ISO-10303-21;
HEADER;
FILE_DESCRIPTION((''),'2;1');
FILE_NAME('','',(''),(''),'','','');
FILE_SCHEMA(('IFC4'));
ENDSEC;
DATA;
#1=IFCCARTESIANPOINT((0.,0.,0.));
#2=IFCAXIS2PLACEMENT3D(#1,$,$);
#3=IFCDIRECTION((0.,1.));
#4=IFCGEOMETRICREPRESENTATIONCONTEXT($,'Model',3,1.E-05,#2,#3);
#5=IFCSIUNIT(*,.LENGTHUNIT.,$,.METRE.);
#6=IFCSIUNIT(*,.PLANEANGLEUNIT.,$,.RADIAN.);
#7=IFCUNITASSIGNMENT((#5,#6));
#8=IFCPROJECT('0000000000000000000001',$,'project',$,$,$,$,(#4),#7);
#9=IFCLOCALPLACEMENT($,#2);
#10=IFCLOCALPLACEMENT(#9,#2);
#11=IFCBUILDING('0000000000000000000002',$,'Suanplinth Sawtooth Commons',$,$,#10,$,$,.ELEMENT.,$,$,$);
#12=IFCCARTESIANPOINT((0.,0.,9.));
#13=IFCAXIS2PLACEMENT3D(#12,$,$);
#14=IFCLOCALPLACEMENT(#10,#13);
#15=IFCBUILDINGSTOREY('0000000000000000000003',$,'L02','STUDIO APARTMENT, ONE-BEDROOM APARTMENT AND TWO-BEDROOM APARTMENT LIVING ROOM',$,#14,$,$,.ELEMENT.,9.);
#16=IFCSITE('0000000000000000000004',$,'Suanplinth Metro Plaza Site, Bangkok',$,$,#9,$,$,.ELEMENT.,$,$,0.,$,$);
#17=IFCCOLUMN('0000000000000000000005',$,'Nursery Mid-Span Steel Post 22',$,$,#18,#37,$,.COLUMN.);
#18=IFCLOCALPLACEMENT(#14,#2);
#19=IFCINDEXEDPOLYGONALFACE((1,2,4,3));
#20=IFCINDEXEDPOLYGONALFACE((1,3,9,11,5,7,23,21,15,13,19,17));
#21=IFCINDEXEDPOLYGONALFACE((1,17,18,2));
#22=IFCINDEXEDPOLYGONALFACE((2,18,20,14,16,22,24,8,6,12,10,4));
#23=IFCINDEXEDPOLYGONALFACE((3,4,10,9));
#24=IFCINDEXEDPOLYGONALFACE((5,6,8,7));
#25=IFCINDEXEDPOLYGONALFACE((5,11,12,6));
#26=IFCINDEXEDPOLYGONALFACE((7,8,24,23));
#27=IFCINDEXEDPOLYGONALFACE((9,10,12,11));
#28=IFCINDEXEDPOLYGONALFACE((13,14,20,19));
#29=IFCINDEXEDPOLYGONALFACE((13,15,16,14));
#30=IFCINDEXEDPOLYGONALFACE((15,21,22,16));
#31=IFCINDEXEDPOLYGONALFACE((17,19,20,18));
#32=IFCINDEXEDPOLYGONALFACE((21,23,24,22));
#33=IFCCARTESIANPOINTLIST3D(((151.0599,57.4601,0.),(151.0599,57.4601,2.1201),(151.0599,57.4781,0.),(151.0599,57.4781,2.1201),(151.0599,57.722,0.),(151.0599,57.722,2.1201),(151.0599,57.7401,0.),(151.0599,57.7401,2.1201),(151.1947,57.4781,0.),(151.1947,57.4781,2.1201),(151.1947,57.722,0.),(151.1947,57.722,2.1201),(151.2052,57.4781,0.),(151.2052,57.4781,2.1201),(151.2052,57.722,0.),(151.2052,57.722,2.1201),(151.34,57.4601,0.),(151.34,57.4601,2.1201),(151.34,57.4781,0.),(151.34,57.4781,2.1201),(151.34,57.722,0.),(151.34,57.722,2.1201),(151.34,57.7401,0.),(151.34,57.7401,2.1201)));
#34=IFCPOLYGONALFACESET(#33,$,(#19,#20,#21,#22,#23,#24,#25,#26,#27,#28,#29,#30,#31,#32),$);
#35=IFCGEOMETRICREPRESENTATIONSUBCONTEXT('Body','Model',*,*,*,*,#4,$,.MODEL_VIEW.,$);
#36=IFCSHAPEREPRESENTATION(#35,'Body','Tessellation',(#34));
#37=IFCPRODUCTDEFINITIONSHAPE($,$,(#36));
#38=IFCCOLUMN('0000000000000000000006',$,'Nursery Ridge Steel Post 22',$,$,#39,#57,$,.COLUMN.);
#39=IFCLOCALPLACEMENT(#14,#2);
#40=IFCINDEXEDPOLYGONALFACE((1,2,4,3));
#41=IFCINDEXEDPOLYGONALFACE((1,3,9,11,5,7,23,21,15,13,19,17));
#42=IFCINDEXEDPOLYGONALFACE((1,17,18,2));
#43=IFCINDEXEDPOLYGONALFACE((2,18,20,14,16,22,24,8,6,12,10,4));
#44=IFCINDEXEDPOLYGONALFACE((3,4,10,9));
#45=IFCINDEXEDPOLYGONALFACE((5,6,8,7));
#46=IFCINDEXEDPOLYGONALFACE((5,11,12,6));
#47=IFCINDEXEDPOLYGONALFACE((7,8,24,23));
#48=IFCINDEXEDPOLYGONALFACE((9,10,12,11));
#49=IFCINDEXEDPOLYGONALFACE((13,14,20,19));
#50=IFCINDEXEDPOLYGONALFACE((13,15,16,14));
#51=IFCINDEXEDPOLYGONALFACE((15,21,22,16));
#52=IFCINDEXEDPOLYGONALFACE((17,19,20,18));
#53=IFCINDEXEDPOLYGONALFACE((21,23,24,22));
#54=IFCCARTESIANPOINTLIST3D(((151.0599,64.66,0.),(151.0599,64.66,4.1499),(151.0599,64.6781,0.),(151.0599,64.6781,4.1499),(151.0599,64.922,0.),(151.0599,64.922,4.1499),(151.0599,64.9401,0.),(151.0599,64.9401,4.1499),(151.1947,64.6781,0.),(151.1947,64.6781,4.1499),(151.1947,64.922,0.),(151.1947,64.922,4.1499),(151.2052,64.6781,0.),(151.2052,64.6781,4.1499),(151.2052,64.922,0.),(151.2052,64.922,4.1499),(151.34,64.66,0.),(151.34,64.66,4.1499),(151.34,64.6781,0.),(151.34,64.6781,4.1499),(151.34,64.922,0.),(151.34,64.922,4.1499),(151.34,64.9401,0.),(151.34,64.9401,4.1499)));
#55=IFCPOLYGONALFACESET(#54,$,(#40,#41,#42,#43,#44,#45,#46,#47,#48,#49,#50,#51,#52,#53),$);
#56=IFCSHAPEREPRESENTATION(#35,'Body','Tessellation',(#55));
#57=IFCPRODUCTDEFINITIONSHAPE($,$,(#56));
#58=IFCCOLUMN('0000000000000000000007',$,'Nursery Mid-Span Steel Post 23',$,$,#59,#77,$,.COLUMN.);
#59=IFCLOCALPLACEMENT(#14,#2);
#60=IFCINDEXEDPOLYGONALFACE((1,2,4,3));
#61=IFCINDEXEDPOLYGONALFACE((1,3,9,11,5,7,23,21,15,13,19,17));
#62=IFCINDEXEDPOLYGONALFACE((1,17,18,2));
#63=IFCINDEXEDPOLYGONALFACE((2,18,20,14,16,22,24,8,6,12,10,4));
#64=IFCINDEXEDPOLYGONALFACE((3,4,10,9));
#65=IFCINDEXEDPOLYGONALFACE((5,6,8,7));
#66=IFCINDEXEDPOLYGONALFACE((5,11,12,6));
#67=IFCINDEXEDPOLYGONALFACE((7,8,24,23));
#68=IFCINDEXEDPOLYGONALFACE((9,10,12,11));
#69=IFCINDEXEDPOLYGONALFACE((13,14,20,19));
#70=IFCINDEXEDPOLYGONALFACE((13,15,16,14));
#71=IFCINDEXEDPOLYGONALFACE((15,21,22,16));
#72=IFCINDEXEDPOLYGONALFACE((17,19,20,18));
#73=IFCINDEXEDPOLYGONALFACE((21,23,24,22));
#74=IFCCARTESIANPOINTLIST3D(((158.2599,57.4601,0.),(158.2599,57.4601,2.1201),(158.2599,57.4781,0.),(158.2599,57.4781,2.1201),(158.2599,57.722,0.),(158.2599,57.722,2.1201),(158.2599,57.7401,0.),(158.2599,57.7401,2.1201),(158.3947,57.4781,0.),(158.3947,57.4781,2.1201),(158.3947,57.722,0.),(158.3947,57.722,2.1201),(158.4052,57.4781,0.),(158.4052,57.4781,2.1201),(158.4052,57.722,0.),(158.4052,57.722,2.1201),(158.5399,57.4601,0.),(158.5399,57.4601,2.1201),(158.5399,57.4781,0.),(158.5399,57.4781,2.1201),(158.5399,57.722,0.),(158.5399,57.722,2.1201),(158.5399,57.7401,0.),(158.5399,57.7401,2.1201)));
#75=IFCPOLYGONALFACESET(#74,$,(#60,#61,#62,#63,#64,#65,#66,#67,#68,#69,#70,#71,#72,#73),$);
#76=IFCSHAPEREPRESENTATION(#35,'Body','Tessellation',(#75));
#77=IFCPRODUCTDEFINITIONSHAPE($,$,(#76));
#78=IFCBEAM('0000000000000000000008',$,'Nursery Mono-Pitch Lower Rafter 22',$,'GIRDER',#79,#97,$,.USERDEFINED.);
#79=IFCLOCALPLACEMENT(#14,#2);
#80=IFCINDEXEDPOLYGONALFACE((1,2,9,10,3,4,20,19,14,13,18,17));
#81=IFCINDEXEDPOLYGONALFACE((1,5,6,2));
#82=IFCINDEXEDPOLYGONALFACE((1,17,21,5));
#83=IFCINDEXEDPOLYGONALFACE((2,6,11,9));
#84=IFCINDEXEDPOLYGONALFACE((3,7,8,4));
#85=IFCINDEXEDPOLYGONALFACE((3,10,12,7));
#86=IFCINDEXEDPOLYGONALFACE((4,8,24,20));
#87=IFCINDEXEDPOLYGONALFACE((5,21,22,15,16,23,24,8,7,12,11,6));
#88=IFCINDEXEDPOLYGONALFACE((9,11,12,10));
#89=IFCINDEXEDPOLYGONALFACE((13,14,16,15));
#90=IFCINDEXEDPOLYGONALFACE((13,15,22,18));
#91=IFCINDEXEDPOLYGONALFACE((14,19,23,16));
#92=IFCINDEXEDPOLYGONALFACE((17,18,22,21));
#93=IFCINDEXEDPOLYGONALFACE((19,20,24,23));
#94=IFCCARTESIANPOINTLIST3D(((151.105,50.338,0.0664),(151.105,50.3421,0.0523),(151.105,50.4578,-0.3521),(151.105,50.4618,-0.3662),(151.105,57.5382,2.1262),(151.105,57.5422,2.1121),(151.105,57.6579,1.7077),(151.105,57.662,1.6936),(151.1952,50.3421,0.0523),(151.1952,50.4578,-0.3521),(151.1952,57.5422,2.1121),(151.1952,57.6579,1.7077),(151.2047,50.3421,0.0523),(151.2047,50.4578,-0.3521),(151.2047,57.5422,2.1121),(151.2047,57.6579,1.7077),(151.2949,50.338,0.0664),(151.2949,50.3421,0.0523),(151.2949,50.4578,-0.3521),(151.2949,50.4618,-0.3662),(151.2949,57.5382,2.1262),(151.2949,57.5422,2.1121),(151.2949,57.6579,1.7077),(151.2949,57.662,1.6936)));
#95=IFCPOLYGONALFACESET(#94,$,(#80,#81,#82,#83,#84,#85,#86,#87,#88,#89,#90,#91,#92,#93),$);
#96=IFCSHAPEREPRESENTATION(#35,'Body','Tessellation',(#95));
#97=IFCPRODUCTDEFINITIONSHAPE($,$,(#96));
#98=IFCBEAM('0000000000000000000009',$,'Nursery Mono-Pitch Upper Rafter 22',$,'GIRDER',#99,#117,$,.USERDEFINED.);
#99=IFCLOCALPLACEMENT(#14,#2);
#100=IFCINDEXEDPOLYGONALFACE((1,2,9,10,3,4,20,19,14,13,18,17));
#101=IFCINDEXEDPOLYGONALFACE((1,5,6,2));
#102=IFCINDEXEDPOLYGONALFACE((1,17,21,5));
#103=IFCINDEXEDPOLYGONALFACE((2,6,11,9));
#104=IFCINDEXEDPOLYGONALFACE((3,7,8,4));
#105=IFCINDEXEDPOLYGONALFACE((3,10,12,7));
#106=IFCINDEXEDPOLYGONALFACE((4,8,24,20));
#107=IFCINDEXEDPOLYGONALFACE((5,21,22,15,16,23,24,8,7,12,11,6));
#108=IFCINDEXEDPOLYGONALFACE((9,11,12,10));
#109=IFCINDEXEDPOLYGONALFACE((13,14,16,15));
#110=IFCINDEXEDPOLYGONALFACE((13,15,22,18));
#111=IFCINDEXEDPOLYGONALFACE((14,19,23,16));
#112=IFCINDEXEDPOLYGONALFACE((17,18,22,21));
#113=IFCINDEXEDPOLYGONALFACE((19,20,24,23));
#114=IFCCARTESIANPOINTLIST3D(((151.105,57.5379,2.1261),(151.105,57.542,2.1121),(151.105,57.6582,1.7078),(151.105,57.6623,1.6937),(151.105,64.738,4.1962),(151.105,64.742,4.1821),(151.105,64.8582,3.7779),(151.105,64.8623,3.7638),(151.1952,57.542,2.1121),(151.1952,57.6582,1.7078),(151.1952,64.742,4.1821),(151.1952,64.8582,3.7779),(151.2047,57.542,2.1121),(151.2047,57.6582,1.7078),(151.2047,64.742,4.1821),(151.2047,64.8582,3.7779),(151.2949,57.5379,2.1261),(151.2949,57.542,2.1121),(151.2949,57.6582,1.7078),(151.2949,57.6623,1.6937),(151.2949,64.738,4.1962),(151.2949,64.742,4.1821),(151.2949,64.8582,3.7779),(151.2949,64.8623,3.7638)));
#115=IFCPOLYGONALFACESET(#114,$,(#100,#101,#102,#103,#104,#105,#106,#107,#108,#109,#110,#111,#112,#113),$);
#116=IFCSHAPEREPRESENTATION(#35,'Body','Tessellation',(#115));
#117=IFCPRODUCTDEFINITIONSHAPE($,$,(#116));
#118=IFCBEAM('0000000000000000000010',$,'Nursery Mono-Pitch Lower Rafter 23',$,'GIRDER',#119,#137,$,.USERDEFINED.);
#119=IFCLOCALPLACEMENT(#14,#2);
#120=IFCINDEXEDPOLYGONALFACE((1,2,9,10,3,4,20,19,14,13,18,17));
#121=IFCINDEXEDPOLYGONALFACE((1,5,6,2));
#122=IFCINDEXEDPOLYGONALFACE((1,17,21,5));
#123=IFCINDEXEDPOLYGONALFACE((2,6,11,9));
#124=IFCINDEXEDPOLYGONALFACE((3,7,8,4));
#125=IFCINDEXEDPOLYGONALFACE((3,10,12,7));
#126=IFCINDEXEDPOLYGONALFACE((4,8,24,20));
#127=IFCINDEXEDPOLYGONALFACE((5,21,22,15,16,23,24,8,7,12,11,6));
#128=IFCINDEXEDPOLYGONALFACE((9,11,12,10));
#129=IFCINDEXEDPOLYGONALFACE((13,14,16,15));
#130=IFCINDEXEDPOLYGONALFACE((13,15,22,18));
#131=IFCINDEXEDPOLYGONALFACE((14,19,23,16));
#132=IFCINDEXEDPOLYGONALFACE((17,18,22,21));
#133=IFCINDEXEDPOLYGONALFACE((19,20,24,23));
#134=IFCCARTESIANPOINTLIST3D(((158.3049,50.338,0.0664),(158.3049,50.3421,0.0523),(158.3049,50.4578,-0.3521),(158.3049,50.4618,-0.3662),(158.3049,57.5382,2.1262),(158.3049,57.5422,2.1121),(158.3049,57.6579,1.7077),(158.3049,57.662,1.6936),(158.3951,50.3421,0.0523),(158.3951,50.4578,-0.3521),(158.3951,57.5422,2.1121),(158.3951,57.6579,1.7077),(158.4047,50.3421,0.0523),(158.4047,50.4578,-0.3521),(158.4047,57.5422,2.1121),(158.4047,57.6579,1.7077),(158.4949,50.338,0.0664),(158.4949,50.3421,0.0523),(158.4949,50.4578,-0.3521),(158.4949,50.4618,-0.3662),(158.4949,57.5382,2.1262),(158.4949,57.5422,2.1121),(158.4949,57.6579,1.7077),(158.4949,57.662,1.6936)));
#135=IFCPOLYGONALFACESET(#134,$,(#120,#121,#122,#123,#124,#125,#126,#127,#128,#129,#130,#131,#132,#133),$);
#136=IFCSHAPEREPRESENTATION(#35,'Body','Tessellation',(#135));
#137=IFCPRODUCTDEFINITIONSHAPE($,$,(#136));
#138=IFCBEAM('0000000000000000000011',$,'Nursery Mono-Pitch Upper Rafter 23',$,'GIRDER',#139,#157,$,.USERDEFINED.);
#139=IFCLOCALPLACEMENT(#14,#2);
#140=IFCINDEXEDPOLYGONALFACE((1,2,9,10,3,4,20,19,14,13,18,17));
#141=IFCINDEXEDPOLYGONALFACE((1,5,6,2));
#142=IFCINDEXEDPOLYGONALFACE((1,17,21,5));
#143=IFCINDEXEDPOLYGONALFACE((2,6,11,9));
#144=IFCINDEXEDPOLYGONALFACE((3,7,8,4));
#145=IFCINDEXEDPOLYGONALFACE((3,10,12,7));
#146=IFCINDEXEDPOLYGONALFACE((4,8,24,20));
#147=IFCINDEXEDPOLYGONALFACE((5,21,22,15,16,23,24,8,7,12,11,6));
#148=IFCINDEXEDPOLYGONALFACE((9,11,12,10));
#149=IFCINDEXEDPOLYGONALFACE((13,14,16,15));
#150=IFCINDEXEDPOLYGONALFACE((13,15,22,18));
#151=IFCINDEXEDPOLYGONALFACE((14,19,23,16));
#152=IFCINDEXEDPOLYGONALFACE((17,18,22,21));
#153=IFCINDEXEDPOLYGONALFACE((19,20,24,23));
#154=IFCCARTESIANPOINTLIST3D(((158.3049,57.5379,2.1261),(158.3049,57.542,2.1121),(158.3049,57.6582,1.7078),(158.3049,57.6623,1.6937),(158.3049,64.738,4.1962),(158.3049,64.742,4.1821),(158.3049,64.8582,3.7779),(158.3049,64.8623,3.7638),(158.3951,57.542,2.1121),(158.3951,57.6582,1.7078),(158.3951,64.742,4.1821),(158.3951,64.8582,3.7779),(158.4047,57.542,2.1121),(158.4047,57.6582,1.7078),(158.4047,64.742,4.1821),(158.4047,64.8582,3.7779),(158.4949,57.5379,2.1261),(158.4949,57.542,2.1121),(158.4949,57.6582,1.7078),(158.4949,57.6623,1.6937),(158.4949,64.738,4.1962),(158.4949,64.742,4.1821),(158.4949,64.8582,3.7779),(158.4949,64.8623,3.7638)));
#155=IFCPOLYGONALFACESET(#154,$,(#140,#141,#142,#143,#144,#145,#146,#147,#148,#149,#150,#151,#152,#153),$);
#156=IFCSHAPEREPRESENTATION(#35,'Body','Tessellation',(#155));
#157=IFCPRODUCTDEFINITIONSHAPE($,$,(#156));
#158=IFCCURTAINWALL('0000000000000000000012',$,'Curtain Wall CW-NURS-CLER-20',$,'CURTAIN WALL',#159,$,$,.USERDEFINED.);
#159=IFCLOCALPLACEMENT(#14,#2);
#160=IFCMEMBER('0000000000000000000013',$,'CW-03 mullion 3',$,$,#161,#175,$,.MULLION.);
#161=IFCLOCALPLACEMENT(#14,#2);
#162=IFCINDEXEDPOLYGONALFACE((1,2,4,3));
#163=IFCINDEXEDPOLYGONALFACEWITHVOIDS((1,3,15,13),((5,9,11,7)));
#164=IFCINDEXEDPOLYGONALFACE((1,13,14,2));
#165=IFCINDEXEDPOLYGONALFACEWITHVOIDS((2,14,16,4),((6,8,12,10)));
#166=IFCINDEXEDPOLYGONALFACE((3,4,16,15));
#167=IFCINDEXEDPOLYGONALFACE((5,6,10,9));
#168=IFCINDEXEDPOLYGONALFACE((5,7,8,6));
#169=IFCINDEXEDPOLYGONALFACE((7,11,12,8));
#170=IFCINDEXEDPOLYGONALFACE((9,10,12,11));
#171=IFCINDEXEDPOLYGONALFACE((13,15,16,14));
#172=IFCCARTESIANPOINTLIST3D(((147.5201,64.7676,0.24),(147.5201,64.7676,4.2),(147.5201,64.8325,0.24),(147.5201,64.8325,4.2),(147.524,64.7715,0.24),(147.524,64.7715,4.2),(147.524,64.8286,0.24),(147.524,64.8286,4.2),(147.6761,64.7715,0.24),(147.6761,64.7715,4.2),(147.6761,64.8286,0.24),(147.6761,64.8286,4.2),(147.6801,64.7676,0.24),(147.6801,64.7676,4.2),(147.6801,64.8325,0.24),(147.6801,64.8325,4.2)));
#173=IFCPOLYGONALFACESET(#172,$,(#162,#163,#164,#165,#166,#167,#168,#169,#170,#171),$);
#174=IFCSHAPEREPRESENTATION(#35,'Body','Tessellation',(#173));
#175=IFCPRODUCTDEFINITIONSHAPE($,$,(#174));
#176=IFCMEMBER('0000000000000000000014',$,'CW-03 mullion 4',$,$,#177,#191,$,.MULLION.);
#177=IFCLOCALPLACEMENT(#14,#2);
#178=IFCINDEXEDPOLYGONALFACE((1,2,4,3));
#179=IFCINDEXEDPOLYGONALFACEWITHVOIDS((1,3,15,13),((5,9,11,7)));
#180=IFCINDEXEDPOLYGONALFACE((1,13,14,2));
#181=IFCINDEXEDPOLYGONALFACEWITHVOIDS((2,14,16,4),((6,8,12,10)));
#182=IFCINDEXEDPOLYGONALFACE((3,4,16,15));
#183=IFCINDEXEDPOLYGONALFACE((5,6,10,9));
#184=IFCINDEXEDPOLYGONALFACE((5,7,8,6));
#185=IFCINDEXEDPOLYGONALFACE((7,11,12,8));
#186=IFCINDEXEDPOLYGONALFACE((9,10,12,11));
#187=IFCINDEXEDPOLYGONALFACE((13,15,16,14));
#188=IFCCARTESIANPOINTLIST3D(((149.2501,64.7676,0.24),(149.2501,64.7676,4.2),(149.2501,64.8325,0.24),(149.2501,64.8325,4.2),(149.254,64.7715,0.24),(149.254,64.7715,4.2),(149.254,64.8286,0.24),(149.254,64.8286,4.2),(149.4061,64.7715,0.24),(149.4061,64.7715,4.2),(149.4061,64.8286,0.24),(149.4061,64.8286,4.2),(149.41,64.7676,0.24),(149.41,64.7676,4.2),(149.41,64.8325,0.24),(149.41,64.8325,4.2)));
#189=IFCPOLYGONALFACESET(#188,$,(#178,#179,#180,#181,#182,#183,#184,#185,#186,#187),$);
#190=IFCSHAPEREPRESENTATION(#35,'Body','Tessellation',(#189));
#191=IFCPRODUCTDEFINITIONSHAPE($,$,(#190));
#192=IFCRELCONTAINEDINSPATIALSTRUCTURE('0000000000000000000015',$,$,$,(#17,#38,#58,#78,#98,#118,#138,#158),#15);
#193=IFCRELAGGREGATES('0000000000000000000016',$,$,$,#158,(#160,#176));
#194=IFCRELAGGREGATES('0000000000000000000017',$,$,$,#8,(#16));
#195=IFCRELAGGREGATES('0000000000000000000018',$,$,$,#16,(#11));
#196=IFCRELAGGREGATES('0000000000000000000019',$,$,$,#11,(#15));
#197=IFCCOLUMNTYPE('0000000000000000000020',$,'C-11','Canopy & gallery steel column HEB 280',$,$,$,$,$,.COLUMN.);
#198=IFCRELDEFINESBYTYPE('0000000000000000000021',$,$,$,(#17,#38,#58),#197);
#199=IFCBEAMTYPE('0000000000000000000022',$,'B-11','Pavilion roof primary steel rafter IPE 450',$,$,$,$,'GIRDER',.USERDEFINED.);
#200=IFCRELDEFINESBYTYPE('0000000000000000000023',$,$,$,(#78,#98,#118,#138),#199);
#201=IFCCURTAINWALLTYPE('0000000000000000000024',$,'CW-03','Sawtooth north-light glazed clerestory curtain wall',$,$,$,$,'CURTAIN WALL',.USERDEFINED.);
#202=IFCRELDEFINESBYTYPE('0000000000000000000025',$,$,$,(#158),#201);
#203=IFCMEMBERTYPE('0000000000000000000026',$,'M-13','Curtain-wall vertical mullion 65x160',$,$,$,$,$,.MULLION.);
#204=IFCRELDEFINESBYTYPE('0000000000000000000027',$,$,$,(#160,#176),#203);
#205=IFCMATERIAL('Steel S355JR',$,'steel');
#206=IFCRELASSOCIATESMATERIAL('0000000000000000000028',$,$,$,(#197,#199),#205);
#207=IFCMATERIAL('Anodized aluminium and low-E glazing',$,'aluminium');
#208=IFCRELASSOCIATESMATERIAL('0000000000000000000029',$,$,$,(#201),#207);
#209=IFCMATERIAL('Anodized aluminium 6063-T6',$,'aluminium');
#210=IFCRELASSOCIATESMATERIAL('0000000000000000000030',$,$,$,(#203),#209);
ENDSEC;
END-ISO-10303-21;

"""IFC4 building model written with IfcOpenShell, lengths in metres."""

from ifc_helpers import new_model, si_unit, direction, frame, origin, origin_2d, place, context, subcontext, project, spatial, hollow_rectangle, i_section, extrude, material, material_profile, profile_set, type_object, element, aggregate, save


model = new_model("IFC4")

# Units and contexts
model_context = context("Model", 3, precision=1e-05, world=origin(), true_north=direction((0.0, 1.0)))
body_context = subcontext(model_context, "Body", "Model", "MODEL_VIEW")
ifc_project = project(units=[si_unit("LENGTHUNIT", "METRE"), si_unit("PLANEANGLEUNIT", "RADIAN")], contexts=[model_context])

# Site, building, storey
site_placement = place(None, origin())
site = spatial("IfcSite", under=ifc_project, at=site_placement, Name="Suanplinth Metro Plaza Site, Bangkok", CompositionType="ELEMENT", RefElevation=0.0)
building_placement = place(site_placement, origin())
building = spatial("IfcBuilding", under=site, at=building_placement, Name="Suanplinth Sawtooth Commons", CompositionType="ELEMENT")
storey_placement = place(building_placement, frame((0.0, 0.0, 9.0)))
storey = spatial("IfcBuildingStorey", under=building, at=storey_placement, Name="L02", Description="STUDIO APARTMENT, ONE-BEDROOM APARTMENT AND TWO-BEDROOM APARTMENT LIVING ROOM", CompositionType="ELEMENT", Elevation=9.0)

# Columns
ifc_material_1 = material(Name="Steel S355JR", Category="steel")
ifc_material_profile_1 = material_profile(ifc_material_1, i_section(OverallWidth=0.28, OverallDepth=0.28, WebThickness=0.0105, FlangeThickness=0.0181, at=origin_2d()), Name="HEB 280")
ifc_profile_set_1 = profile_set([ifc_material_profile_1], Name="Steel S355JR")
column_type = type_object("IfcColumnType", Name="C-11", Description="Canopy & gallery steel column HEB 280", PredefinedType="COLUMN", material=ifc_profile_set_1)
column_1_placement = place(storey_placement, frame((151.2, 57.6001, 0.0), z_axis=(0.0, 0.0, 1.0), x_axis=(1.0, 0.0, 0.0)))
element("IfcColumn", 1, at=column_1_placement, inside=storey, type_object=column_type, Name="Nursery Mid-Span Steel Post 22", PredefinedType="COLUMN", context=body_context, shape_type="SweptSolid", body=[
    extrude(i_section(OverallWidth=0.28, OverallDepth=0.28, WebThickness=0.0105, FlangeThickness=0.0181, at=origin_2d()), origin(), (0.0, 0.0, 1.0), 2.1201),
])
column_2_placement = place(storey_placement, frame((151.2, 64.8, 0.0), z_axis=(0.0, 0.0, 1.0), x_axis=(1.0, 0.0, 0.0)))
element("IfcColumn", 2, at=column_2_placement, inside=storey, type_object=column_type, Name="Nursery Ridge Steel Post 22", PredefinedType="COLUMN", context=body_context, shape_type="SweptSolid", body=[
    extrude(i_section(OverallWidth=0.28, OverallDepth=0.28, WebThickness=0.0105, FlangeThickness=0.0181, at=origin_2d()), origin(), (0.0, 0.0, 1.0), 4.1499),
])
column_3_placement = place(storey_placement, frame((158.3999, 57.6001, 0.0), z_axis=(0.0, 0.0, 1.0), x_axis=(1.0, 0.0, 0.0)))
element("IfcColumn", 3, at=column_3_placement, inside=storey, type_object=column_type, Name="Nursery Mid-Span Steel Post 23", PredefinedType="COLUMN", context=body_context, shape_type="SweptSolid", body=[
    extrude(i_section(OverallWidth=0.28, OverallDepth=0.28, WebThickness=0.0105, FlangeThickness=0.0181, at=origin_2d()), origin(), (0.0, 0.0, 1.0), 2.1201),
])

# Beams
ifc_material_profile_2 = material_profile(ifc_material_1, i_section(OverallWidth=0.1899, OverallDepth=0.45, WebThickness=0.0095, FlangeThickness=0.0146, at=origin_2d()), Name="IPE 450")
ifc_profile_set_2 = profile_set([ifc_material_profile_2], Name="Steel S355JR")
beam_type = type_object("IfcBeamType", Name="B-11", Description="Pavilion roof primary steel rafter IPE 450", ElementType="GIRDER", PredefinedType="USERDEFINED", material=ifc_profile_set_2)
beam_1_placement = place(storey_placement, frame((151.2, 50.3999, -0.1499), z_axis=(0.0, 0.961432, 0.275044), x_axis=(-1.0, 0.0, 0.0)))
element("IfcBeam", 4, at=beam_1_placement, inside=storey, type_object=beam_type, Name="Nursery Mono-Pitch Lower Rafter 22", ObjectType="GIRDER", PredefinedType="USERDEFINED", context=body_context, shape_type="SweptSolid", body=[
    extrude(i_section(OverallWidth=0.1899, OverallDepth=0.45, WebThickness=0.0095, FlangeThickness=0.0146, at=origin_2d()), origin(), (0.0, 0.0, 1.0), 7.489),
])
beam_2_placement = place(storey_placement, frame((151.2, 57.6001, 1.9099), z_axis=(0.0, 0.961066, 0.276318), x_axis=(-1.0, 0.0, 0.0)))
element("IfcBeam", 5, at=beam_2_placement, inside=storey, type_object=beam_type, Name="Nursery Mono-Pitch Upper Rafter 22", ObjectType="GIRDER", PredefinedType="USERDEFINED", context=body_context, shape_type="SweptSolid", body=[
    extrude(i_section(OverallWidth=0.1899, OverallDepth=0.45, WebThickness=0.0095, FlangeThickness=0.0146, at=origin_2d()), origin(), (0.0, 0.0, 1.0), 7.4917),
])
beam_3_placement = place(storey_placement, frame((158.3999, 50.3999, -0.1499), z_axis=(0.0, 0.961432, 0.275044), x_axis=(-1.0, 0.0, 0.0)))
element("IfcBeam", 6, at=beam_3_placement, inside=storey, type_object=beam_type, Name="Nursery Mono-Pitch Lower Rafter 23", ObjectType="GIRDER", PredefinedType="USERDEFINED", context=body_context, shape_type="SweptSolid", body=[
    extrude(i_section(OverallWidth=0.1899, OverallDepth=0.45, WebThickness=0.0095, FlangeThickness=0.0146, at=origin_2d()), origin(), (0.0, 0.0, 1.0), 7.489),
])
beam_4_placement = place(storey_placement, frame((158.3999, 57.6001, 1.9099), z_axis=(0.0, 0.961066, 0.276318), x_axis=(-1.0, 0.0, 0.0)))
element("IfcBeam", 7, at=beam_4_placement, inside=storey, type_object=beam_type, Name="Nursery Mono-Pitch Upper Rafter 23", ObjectType="GIRDER", PredefinedType="USERDEFINED", context=body_context, shape_type="SweptSolid", body=[
    extrude(i_section(OverallWidth=0.1899, OverallDepth=0.45, WebThickness=0.0095, FlangeThickness=0.0146, at=origin_2d()), origin(), (0.0, 0.0, 1.0), 7.4917),
])

# Curtain wall, members
ifc_material_2 = material(Name="Anodized aluminium and low-E glazing", Category="aluminium")
curtain_wall_type = type_object("IfcCurtainWallType", Name="CW-03", Description="Sawtooth north-light glazed clerestory curtain wall", ElementType="CURTAIN WALL", PredefinedType="USERDEFINED", material=ifc_material_2)
curtain_wall_1_placement = place(storey_placement, origin())
curtain_wall_1 = element("IfcCurtainWall", 8, at=curtain_wall_1_placement, inside=storey, type_object=curtain_wall_type, Name="Curtain Wall CW-NURS-CLER-20", ObjectType="CURTAIN WALL", PredefinedType="USERDEFINED")
ifc_material_3 = material(Name="Anodized aluminium 6063-T6", Category="aluminium")
ifc_material_profile_3 = material_profile(ifc_material_3, hollow_rectangle(XDim=0.0649, YDim=0.1599, WallThickness=0.0039, at=origin_2d()), Name="ALU-MUL 65x160")
ifc_profile_set_3 = profile_set([ifc_material_profile_3], Name="Anodized aluminium 6063-T6")
member_type_1 = type_object("IfcMemberType", Name="M-13", Description="Curtain-wall vertical mullion 65x160", PredefinedType="MULLION", material=ifc_profile_set_3)
member_1_placement = place(storey_placement, frame((147.6001, 64.8, 0.24), z_axis=(0.0, 0.0, 1.0), x_axis=(0.0, 1.0, 0.0)))
member_1 = element("IfcMember", 9, at=member_1_placement, type_object=member_type_1, Name="CW-03 mullion 3", PredefinedType="MULLION", context=body_context, shape_type="SweptSolid", body=[
    extrude(hollow_rectangle(XDim=0.0649, YDim=0.1599, WallThickness=0.0039, at=origin_2d()), origin(), (0.0, 0.0, 1.0), 3.96),
])
member_2_placement = place(storey_placement, frame((149.3301, 64.8, 0.24), z_axis=(0.0, 0.0, 1.0), x_axis=(0.0, 1.0, 0.0)))
member_2 = element("IfcMember", 10, at=member_2_placement, type_object=member_type_1, Name="CW-03 mullion 4", PredefinedType="MULLION", context=body_context, shape_type="SweptSolid", body=[
    extrude(hollow_rectangle(XDim=0.0649, YDim=0.1599, WallThickness=0.0039, at=origin_2d()), origin(), (0.0, 0.0, 1.0), 3.96),
])

aggregate(curtain_wall_1, [member_1, member_2])

save(model, "model.ifc")
